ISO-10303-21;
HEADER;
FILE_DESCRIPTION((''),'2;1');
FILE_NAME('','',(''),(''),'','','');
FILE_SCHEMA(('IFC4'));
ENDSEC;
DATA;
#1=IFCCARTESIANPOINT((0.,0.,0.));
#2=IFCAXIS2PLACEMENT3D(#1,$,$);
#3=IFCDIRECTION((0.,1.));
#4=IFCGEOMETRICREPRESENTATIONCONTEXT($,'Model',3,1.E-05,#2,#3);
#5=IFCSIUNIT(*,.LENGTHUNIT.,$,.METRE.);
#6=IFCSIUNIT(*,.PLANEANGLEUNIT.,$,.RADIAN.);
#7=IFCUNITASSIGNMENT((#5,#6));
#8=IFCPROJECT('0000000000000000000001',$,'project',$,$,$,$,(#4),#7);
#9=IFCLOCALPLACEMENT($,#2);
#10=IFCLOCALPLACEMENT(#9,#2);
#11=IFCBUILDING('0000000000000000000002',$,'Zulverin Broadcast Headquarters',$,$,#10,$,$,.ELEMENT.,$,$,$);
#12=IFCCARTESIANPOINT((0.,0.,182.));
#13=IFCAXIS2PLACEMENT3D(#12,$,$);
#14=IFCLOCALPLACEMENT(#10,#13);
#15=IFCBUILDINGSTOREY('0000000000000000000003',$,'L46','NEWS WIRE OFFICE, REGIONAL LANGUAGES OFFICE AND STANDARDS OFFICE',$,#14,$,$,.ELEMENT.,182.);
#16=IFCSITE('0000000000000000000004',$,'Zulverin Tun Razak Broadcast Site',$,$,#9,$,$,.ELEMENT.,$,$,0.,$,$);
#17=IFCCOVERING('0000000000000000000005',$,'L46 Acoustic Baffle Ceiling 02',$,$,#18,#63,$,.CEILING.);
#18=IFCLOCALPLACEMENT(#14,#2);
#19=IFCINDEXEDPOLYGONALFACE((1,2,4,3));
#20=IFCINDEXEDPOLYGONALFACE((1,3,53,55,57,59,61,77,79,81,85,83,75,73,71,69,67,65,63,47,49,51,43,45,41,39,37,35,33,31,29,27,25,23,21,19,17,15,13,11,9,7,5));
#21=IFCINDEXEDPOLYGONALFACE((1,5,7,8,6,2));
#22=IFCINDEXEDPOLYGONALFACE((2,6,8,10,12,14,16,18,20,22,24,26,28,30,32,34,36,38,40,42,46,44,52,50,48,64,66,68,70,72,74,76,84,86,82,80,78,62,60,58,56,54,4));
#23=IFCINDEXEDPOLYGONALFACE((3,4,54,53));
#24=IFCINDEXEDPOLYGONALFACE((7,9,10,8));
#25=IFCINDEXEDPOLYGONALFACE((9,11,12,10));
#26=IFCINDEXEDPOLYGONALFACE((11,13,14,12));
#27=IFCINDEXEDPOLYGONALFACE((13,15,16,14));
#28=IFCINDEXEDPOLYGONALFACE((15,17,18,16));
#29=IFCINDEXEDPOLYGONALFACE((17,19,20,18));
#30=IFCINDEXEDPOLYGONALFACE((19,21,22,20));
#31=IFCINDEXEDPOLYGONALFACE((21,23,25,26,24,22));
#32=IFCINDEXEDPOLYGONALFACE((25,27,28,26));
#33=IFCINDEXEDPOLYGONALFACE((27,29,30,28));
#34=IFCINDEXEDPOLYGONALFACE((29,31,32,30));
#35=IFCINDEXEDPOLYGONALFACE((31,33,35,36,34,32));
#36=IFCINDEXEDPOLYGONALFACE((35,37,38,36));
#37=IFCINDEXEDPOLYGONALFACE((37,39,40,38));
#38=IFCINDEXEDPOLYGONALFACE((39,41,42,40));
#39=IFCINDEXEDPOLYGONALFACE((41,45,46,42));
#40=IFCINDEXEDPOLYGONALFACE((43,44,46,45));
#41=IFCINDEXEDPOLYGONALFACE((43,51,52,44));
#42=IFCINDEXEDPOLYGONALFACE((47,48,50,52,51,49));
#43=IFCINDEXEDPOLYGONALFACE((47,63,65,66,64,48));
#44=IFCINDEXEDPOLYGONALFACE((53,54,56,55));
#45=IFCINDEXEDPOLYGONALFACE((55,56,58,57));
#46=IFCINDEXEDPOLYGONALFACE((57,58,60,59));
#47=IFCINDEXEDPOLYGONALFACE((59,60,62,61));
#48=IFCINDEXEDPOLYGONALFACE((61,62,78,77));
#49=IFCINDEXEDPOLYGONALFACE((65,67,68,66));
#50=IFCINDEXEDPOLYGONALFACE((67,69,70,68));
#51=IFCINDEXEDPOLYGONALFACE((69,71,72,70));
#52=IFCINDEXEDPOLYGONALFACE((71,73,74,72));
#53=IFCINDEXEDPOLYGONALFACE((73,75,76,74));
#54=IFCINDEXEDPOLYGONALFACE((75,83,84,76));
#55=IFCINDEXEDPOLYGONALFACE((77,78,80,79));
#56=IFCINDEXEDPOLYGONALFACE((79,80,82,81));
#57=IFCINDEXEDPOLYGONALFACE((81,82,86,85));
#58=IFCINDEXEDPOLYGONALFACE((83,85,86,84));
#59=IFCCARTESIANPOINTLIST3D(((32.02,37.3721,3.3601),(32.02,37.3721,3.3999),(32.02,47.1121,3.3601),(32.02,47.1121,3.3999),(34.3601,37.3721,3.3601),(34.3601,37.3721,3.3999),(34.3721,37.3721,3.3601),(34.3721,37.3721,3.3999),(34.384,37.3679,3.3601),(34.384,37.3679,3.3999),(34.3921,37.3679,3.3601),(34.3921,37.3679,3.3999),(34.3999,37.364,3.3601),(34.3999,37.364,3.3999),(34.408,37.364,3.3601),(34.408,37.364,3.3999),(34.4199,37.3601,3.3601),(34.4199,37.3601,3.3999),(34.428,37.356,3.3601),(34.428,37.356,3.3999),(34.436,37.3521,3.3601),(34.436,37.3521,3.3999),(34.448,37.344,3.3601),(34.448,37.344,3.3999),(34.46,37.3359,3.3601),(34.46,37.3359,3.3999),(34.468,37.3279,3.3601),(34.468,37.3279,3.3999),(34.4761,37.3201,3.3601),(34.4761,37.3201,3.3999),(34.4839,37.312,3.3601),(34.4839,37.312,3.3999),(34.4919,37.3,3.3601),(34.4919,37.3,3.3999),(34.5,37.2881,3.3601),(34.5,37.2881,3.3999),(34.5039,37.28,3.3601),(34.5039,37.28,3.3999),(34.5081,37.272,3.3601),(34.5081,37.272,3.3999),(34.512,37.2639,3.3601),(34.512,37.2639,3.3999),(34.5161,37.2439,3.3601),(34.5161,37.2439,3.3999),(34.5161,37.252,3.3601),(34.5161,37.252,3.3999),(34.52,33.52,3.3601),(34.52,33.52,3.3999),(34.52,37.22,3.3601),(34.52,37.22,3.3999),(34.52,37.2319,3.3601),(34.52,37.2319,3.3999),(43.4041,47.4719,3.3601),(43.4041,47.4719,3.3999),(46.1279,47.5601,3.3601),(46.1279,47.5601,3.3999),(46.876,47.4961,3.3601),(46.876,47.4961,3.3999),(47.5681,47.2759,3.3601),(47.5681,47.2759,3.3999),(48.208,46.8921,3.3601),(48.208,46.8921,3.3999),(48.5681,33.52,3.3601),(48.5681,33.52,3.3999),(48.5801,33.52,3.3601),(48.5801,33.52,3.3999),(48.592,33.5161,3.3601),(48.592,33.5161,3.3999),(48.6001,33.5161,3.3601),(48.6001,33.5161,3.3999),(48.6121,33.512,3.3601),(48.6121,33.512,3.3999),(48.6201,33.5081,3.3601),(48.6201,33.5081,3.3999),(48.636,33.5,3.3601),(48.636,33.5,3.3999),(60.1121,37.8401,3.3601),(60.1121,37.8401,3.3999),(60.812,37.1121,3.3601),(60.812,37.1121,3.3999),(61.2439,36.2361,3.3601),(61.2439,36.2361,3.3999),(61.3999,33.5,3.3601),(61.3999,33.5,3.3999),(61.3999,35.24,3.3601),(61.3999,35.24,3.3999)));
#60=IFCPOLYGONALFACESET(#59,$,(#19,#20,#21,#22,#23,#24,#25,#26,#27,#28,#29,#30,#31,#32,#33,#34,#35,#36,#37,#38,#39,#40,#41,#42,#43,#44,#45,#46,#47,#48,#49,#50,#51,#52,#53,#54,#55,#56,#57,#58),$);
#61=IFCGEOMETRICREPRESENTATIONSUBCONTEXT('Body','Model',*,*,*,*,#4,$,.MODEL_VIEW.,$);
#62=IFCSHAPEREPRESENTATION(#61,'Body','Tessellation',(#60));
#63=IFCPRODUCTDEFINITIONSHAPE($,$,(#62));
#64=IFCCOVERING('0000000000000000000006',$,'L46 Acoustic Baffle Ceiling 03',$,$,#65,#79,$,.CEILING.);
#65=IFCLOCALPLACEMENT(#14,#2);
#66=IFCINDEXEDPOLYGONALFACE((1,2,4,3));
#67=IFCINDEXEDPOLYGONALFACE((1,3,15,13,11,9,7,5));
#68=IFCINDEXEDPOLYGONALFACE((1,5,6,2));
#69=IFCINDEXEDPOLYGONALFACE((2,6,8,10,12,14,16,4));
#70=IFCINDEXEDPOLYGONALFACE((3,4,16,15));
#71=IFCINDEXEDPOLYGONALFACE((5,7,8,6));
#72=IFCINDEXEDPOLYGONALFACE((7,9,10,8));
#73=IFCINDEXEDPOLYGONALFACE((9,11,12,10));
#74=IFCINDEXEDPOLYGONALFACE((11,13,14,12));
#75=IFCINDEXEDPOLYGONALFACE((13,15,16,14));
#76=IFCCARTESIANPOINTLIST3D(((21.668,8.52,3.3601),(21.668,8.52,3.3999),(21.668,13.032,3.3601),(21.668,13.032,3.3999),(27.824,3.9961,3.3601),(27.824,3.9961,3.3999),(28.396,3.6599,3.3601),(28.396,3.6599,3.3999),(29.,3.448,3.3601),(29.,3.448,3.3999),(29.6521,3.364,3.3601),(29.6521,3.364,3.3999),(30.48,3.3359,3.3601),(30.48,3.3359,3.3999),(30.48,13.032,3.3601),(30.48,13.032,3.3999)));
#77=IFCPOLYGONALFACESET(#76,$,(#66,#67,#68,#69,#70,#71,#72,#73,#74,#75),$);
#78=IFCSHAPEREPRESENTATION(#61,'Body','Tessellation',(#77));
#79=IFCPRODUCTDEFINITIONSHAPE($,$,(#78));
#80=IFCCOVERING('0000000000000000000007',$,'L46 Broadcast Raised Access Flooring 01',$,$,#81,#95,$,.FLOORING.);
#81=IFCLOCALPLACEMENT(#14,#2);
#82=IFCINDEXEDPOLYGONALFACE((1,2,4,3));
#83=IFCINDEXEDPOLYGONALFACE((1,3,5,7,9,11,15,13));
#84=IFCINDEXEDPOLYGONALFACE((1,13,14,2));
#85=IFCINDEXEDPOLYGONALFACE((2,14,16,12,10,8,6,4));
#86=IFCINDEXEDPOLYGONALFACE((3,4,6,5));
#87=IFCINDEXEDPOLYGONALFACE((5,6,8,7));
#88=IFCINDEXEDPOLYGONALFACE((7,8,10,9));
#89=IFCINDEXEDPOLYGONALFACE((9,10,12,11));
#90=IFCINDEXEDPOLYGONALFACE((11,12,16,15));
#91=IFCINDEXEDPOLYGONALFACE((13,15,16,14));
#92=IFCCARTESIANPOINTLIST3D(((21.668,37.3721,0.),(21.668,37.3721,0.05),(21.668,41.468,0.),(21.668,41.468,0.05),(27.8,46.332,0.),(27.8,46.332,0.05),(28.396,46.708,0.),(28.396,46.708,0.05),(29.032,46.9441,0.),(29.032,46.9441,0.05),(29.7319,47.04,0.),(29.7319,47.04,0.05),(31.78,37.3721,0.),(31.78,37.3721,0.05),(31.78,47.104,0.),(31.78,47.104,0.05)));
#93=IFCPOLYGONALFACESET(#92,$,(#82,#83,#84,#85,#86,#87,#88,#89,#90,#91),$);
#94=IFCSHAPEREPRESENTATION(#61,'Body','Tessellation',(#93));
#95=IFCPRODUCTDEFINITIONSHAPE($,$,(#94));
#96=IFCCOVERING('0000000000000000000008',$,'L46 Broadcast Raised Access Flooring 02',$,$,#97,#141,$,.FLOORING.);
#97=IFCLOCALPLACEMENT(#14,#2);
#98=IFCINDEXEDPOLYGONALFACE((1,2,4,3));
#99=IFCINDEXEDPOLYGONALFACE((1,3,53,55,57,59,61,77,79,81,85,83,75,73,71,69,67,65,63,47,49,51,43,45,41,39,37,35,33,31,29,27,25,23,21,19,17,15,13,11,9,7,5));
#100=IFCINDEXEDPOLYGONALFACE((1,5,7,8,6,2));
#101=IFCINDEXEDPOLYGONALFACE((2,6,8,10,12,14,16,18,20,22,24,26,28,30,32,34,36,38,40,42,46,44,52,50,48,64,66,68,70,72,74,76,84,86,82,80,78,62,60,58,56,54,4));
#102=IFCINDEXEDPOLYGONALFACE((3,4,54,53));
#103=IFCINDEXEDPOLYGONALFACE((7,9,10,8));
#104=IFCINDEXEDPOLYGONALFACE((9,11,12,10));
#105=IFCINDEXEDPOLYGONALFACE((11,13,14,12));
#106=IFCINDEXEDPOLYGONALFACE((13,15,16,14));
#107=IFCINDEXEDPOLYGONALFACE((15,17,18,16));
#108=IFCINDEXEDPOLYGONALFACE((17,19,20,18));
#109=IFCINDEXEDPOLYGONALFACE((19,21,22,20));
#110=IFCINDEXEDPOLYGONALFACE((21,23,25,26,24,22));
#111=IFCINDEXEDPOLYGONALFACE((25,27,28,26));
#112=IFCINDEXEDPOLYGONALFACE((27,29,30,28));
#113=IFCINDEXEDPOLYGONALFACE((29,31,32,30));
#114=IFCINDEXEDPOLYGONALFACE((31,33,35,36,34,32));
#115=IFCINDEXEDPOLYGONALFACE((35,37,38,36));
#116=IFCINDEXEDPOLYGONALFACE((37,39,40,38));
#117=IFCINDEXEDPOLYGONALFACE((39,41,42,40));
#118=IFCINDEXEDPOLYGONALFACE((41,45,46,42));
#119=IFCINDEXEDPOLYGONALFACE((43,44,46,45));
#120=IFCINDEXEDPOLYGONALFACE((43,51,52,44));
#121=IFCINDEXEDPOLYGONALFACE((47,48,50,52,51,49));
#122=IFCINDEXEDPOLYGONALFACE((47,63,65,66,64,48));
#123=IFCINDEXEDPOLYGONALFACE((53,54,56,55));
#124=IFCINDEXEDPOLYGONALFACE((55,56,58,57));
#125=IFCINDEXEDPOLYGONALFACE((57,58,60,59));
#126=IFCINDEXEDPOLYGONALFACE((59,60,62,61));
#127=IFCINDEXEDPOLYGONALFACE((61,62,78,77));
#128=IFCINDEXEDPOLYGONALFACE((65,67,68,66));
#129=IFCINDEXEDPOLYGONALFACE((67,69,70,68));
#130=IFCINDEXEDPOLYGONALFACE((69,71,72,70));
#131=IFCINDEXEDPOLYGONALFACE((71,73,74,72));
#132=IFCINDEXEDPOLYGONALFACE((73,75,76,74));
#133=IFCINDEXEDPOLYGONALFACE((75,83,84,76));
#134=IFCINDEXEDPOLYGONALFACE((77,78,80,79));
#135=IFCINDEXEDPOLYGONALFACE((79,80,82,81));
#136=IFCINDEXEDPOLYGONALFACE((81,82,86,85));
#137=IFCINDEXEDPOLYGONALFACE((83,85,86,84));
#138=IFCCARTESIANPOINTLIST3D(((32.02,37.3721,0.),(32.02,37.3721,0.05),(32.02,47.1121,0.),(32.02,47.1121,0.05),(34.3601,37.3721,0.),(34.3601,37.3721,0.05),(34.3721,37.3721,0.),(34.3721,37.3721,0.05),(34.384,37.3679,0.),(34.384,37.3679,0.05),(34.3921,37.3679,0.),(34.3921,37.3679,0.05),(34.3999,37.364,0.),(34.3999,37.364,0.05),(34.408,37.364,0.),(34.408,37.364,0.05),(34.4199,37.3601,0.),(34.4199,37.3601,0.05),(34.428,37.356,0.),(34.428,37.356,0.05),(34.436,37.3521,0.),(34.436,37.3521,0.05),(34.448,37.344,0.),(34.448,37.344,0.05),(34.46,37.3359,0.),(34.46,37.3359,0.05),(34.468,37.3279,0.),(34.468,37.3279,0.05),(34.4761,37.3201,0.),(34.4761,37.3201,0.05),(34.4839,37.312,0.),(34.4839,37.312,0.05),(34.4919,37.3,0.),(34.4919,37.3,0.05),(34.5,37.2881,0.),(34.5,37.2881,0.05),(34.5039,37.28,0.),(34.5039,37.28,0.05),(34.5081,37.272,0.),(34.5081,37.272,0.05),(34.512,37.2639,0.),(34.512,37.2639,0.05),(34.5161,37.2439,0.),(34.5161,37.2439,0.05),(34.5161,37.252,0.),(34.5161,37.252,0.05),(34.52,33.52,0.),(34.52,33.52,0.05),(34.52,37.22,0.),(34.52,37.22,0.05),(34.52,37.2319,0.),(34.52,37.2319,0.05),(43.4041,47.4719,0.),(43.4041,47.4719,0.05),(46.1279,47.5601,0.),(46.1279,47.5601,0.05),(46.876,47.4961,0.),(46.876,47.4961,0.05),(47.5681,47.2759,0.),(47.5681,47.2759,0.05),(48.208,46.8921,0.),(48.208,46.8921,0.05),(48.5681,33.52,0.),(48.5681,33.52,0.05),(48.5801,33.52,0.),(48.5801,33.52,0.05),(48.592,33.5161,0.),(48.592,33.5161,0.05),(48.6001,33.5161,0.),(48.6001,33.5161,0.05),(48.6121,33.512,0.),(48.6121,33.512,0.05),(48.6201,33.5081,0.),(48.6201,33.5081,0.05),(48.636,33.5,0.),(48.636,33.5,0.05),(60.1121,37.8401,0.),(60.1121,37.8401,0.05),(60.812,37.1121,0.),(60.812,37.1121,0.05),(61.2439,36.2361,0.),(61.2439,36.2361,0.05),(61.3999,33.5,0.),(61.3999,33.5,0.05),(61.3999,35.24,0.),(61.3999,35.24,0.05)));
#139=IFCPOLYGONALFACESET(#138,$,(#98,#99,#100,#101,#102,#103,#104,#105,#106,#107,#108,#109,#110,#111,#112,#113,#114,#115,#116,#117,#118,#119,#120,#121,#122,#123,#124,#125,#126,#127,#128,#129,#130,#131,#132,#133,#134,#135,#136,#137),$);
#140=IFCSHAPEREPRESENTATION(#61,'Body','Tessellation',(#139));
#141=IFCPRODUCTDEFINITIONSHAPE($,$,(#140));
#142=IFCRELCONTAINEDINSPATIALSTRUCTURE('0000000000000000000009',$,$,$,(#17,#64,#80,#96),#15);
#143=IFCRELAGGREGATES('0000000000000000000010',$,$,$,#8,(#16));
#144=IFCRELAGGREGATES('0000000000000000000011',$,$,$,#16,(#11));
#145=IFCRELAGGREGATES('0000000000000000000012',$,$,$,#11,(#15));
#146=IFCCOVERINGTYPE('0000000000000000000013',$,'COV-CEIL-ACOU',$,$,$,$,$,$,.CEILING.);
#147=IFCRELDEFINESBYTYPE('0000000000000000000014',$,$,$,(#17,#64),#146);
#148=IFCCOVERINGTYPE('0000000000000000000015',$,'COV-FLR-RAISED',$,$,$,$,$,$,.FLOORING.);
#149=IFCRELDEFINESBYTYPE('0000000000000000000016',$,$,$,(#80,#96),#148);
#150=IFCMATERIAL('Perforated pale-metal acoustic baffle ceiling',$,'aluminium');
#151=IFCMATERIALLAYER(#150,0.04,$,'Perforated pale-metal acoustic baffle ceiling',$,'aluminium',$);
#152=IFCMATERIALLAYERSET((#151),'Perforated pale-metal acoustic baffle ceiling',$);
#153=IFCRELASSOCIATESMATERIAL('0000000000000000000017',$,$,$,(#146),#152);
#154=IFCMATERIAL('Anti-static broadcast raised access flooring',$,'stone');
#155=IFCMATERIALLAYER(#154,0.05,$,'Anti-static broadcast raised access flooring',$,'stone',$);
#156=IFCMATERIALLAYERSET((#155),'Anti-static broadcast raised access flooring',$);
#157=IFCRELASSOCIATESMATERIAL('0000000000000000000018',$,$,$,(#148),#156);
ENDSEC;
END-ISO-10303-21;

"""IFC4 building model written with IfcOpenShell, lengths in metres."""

from ifc_helpers import new_model, si_unit, direction, frame, origin, place, context, subcontext, project, spatial, polyline, outline, extrude, material, layer, layer_set, type_object, element, save


model = new_model("IFC4")

# Units and contexts
model_context = context("Model", 3, precision=1e-05, world=origin(), true_north=direction((0.0, 1.0)))
body_context = subcontext(model_context, "Body", "Model", "MODEL_VIEW")
ifc_project = project(units=[si_unit("LENGTHUNIT", "METRE"), si_unit("PLANEANGLEUNIT", "RADIAN")], contexts=[model_context])

# Site, building, storey
site_placement = place(None, origin())
site = spatial("IfcSite", under=ifc_project, at=site_placement, Name="Zulverin Tun Razak Broadcast Site", CompositionType="ELEMENT", RefElevation=0.0)
building_placement = place(site_placement, origin())
building = spatial("IfcBuilding", under=site, at=building_placement, Name="Zulverin Broadcast Headquarters", CompositionType="ELEMENT")
storey_placement = place(building_placement, frame((0.0, 0.0, 182.0)))
storey = spatial("IfcBuildingStorey", under=building, at=storey_placement, Name="L46", Description="NEWS WIRE OFFICE, REGIONAL LANGUAGES OFFICE AND STANDARDS OFFICE", CompositionType="ELEMENT", Elevation=182.0)

# Coverings
ifc_material_1 = material(Name="Perforated pale-metal acoustic baffle ceiling", Category="aluminium")
ifc_layer_1 = layer(ifc_material_1, 0.04, Name="Perforated pale-metal acoustic baffle ceiling", Category="aluminium")
ifc_layer_set_1 = layer_set([ifc_layer_1], Name="Perforated pale-metal acoustic baffle ceiling")
covering_type_1 = type_object("IfcCoveringType", Name="COV-CEIL-ACOU", PredefinedType="CEILING", material=ifc_layer_set_1)
covering_1_placement = place(storey_placement, frame((0.0, 0.0, 3.3601)))
element("IfcCovering", 1, at=covering_1_placement, inside=storey, type_object=covering_type_1, Name="L46 Acoustic Baffle Ceiling 02", PredefinedType="CEILING", context=body_context, shape_type="SweptSolid", body=[
    extrude(outline(polyline([(34.3721, 37.3721), (34.384, 37.3679), (34.3921, 37.3679), (34.3999, 37.364), (34.408, 37.364), (34.4199, 37.3601), (34.428, 37.356), (34.436, 37.3521), (34.448, 37.344), (34.46, 37.3359), (34.468, 37.3279), (34.4761, 37.3201), (34.4839, 37.312), (34.4919, 37.3), (34.5, 37.2881), (34.5039, 37.28), (34.5081, 37.272), (34.512, 37.2639), (34.5161, 37.252), (34.5161, 37.2439), (34.52, 37.2319), (34.52, 37.22), (34.52, 33.52), (48.5681, 33.52), (48.5801, 33.52), (48.592, 33.5161), (48.6001, 33.5161), (48.6121, 33.512), (48.6201, 33.5081), (48.636, 33.5), (61.3999, 33.5), (61.3999, 35.24), (61.2439, 36.2361), (60.812, 37.1121), (60.1121, 37.8401), (48.208, 46.8921), (47.5681, 47.2759), (46.876, 47.4961), (46.1279, 47.5601), (43.4041, 47.4719), (32.02, 47.1121), (32.02, 37.3721), (34.3601, 37.3721), (34.3721, 37.3721)])), origin(), (0.0, 0.0, 1.0), 0.0398),
])
covering_2_placement = place(storey_placement, frame((0.0, 0.0, 3.3601)))
element("IfcCovering", 2, at=covering_2_placement, inside=storey, type_object=covering_type_1, Name="L46 Acoustic Baffle Ceiling 03", PredefinedType="CEILING", context=body_context, shape_type="SweptSolid", body=[
    extrude(outline(polyline([(28.396, 3.6599), (29.0, 3.448), (29.6521, 3.364), (30.48, 3.3359), (30.48, 13.032), (21.668, 13.032), (21.668, 8.52), (27.824, 3.9961), (28.396, 3.6599)])), origin(), (0.0, 0.0, 1.0), 0.0398),
])
ifc_material_2 = material(Name="Anti-static broadcast raised access flooring", Category="stone")
ifc_layer_2 = layer(ifc_material_2, 0.05, Name="Anti-static broadcast raised access flooring", Category="stone")
ifc_layer_set_2 = layer_set([ifc_layer_2], Name="Anti-static broadcast raised access flooring")
covering_type_2 = type_object("IfcCoveringType", Name="COV-FLR-RAISED", PredefinedType="FLOORING", material=ifc_layer_set_2)
covering_3_placement = place(storey_placement, origin())
element("IfcCovering", 3, at=covering_3_placement, inside=storey, type_object=covering_type_2, Name="L46 Broadcast Raised Access Flooring 01", PredefinedType="FLOORING", context=body_context, shape_type="SweptSolid", body=[
    extrude(outline(polyline([(31.78, 37.3721), (31.78, 47.104), (29.7319, 47.04), (29.032, 46.9441), (28.396, 46.708), (27.8, 46.332), (21.668, 41.468), (21.668, 37.3721), (31.78, 37.3721)])), origin(), (0.0, 0.0, 1.0), 0.05),
])
covering_4_placement = place(storey_placement, origin())
element("IfcCovering", 4, at=covering_4_placement, inside=storey, type_object=covering_type_2, Name="L46 Broadcast Raised Access Flooring 02", PredefinedType="FLOORING", context=body_context, shape_type="SweptSolid", body=[
    extrude(outline(polyline([(34.3721, 37.3721), (34.384, 37.3679), (34.3921, 37.3679), (34.3999, 37.364), (34.408, 37.364), (34.4199, 37.3601), (34.428, 37.356), (34.436, 37.3521), (34.448, 37.344), (34.46, 37.3359), (34.468, 37.3279), (34.4761, 37.3201), (34.4839, 37.312), (34.4919, 37.3), (34.5, 37.2881), (34.5039, 37.28), (34.5081, 37.272), (34.512, 37.2639), (34.5161, 37.252), (34.5161, 37.2439), (34.52, 37.2319), (34.52, 37.22), (34.52, 33.52), (48.5681, 33.52), (48.5801, 33.52), (48.592, 33.5161), (48.6001, 33.5161), (48.6121, 33.512), (48.6201, 33.5081), (48.636, 33.5), (61.3999, 33.5), (61.3999, 35.24), (61.2439, 36.2361), (60.812, 37.1121), (60.1121, 37.8401), (48.208, 46.8921), (47.5681, 47.2759), (46.876, 47.4961), (46.1279, 47.5601), (43.4041, 47.4719), (32.02, 47.1121), (32.02, 37.3721), (34.3601, 37.3721), (34.3721, 37.3721)])), origin(), (0.0, 0.0, 1.0), 0.05),
])

save(model, "model.ifc")
